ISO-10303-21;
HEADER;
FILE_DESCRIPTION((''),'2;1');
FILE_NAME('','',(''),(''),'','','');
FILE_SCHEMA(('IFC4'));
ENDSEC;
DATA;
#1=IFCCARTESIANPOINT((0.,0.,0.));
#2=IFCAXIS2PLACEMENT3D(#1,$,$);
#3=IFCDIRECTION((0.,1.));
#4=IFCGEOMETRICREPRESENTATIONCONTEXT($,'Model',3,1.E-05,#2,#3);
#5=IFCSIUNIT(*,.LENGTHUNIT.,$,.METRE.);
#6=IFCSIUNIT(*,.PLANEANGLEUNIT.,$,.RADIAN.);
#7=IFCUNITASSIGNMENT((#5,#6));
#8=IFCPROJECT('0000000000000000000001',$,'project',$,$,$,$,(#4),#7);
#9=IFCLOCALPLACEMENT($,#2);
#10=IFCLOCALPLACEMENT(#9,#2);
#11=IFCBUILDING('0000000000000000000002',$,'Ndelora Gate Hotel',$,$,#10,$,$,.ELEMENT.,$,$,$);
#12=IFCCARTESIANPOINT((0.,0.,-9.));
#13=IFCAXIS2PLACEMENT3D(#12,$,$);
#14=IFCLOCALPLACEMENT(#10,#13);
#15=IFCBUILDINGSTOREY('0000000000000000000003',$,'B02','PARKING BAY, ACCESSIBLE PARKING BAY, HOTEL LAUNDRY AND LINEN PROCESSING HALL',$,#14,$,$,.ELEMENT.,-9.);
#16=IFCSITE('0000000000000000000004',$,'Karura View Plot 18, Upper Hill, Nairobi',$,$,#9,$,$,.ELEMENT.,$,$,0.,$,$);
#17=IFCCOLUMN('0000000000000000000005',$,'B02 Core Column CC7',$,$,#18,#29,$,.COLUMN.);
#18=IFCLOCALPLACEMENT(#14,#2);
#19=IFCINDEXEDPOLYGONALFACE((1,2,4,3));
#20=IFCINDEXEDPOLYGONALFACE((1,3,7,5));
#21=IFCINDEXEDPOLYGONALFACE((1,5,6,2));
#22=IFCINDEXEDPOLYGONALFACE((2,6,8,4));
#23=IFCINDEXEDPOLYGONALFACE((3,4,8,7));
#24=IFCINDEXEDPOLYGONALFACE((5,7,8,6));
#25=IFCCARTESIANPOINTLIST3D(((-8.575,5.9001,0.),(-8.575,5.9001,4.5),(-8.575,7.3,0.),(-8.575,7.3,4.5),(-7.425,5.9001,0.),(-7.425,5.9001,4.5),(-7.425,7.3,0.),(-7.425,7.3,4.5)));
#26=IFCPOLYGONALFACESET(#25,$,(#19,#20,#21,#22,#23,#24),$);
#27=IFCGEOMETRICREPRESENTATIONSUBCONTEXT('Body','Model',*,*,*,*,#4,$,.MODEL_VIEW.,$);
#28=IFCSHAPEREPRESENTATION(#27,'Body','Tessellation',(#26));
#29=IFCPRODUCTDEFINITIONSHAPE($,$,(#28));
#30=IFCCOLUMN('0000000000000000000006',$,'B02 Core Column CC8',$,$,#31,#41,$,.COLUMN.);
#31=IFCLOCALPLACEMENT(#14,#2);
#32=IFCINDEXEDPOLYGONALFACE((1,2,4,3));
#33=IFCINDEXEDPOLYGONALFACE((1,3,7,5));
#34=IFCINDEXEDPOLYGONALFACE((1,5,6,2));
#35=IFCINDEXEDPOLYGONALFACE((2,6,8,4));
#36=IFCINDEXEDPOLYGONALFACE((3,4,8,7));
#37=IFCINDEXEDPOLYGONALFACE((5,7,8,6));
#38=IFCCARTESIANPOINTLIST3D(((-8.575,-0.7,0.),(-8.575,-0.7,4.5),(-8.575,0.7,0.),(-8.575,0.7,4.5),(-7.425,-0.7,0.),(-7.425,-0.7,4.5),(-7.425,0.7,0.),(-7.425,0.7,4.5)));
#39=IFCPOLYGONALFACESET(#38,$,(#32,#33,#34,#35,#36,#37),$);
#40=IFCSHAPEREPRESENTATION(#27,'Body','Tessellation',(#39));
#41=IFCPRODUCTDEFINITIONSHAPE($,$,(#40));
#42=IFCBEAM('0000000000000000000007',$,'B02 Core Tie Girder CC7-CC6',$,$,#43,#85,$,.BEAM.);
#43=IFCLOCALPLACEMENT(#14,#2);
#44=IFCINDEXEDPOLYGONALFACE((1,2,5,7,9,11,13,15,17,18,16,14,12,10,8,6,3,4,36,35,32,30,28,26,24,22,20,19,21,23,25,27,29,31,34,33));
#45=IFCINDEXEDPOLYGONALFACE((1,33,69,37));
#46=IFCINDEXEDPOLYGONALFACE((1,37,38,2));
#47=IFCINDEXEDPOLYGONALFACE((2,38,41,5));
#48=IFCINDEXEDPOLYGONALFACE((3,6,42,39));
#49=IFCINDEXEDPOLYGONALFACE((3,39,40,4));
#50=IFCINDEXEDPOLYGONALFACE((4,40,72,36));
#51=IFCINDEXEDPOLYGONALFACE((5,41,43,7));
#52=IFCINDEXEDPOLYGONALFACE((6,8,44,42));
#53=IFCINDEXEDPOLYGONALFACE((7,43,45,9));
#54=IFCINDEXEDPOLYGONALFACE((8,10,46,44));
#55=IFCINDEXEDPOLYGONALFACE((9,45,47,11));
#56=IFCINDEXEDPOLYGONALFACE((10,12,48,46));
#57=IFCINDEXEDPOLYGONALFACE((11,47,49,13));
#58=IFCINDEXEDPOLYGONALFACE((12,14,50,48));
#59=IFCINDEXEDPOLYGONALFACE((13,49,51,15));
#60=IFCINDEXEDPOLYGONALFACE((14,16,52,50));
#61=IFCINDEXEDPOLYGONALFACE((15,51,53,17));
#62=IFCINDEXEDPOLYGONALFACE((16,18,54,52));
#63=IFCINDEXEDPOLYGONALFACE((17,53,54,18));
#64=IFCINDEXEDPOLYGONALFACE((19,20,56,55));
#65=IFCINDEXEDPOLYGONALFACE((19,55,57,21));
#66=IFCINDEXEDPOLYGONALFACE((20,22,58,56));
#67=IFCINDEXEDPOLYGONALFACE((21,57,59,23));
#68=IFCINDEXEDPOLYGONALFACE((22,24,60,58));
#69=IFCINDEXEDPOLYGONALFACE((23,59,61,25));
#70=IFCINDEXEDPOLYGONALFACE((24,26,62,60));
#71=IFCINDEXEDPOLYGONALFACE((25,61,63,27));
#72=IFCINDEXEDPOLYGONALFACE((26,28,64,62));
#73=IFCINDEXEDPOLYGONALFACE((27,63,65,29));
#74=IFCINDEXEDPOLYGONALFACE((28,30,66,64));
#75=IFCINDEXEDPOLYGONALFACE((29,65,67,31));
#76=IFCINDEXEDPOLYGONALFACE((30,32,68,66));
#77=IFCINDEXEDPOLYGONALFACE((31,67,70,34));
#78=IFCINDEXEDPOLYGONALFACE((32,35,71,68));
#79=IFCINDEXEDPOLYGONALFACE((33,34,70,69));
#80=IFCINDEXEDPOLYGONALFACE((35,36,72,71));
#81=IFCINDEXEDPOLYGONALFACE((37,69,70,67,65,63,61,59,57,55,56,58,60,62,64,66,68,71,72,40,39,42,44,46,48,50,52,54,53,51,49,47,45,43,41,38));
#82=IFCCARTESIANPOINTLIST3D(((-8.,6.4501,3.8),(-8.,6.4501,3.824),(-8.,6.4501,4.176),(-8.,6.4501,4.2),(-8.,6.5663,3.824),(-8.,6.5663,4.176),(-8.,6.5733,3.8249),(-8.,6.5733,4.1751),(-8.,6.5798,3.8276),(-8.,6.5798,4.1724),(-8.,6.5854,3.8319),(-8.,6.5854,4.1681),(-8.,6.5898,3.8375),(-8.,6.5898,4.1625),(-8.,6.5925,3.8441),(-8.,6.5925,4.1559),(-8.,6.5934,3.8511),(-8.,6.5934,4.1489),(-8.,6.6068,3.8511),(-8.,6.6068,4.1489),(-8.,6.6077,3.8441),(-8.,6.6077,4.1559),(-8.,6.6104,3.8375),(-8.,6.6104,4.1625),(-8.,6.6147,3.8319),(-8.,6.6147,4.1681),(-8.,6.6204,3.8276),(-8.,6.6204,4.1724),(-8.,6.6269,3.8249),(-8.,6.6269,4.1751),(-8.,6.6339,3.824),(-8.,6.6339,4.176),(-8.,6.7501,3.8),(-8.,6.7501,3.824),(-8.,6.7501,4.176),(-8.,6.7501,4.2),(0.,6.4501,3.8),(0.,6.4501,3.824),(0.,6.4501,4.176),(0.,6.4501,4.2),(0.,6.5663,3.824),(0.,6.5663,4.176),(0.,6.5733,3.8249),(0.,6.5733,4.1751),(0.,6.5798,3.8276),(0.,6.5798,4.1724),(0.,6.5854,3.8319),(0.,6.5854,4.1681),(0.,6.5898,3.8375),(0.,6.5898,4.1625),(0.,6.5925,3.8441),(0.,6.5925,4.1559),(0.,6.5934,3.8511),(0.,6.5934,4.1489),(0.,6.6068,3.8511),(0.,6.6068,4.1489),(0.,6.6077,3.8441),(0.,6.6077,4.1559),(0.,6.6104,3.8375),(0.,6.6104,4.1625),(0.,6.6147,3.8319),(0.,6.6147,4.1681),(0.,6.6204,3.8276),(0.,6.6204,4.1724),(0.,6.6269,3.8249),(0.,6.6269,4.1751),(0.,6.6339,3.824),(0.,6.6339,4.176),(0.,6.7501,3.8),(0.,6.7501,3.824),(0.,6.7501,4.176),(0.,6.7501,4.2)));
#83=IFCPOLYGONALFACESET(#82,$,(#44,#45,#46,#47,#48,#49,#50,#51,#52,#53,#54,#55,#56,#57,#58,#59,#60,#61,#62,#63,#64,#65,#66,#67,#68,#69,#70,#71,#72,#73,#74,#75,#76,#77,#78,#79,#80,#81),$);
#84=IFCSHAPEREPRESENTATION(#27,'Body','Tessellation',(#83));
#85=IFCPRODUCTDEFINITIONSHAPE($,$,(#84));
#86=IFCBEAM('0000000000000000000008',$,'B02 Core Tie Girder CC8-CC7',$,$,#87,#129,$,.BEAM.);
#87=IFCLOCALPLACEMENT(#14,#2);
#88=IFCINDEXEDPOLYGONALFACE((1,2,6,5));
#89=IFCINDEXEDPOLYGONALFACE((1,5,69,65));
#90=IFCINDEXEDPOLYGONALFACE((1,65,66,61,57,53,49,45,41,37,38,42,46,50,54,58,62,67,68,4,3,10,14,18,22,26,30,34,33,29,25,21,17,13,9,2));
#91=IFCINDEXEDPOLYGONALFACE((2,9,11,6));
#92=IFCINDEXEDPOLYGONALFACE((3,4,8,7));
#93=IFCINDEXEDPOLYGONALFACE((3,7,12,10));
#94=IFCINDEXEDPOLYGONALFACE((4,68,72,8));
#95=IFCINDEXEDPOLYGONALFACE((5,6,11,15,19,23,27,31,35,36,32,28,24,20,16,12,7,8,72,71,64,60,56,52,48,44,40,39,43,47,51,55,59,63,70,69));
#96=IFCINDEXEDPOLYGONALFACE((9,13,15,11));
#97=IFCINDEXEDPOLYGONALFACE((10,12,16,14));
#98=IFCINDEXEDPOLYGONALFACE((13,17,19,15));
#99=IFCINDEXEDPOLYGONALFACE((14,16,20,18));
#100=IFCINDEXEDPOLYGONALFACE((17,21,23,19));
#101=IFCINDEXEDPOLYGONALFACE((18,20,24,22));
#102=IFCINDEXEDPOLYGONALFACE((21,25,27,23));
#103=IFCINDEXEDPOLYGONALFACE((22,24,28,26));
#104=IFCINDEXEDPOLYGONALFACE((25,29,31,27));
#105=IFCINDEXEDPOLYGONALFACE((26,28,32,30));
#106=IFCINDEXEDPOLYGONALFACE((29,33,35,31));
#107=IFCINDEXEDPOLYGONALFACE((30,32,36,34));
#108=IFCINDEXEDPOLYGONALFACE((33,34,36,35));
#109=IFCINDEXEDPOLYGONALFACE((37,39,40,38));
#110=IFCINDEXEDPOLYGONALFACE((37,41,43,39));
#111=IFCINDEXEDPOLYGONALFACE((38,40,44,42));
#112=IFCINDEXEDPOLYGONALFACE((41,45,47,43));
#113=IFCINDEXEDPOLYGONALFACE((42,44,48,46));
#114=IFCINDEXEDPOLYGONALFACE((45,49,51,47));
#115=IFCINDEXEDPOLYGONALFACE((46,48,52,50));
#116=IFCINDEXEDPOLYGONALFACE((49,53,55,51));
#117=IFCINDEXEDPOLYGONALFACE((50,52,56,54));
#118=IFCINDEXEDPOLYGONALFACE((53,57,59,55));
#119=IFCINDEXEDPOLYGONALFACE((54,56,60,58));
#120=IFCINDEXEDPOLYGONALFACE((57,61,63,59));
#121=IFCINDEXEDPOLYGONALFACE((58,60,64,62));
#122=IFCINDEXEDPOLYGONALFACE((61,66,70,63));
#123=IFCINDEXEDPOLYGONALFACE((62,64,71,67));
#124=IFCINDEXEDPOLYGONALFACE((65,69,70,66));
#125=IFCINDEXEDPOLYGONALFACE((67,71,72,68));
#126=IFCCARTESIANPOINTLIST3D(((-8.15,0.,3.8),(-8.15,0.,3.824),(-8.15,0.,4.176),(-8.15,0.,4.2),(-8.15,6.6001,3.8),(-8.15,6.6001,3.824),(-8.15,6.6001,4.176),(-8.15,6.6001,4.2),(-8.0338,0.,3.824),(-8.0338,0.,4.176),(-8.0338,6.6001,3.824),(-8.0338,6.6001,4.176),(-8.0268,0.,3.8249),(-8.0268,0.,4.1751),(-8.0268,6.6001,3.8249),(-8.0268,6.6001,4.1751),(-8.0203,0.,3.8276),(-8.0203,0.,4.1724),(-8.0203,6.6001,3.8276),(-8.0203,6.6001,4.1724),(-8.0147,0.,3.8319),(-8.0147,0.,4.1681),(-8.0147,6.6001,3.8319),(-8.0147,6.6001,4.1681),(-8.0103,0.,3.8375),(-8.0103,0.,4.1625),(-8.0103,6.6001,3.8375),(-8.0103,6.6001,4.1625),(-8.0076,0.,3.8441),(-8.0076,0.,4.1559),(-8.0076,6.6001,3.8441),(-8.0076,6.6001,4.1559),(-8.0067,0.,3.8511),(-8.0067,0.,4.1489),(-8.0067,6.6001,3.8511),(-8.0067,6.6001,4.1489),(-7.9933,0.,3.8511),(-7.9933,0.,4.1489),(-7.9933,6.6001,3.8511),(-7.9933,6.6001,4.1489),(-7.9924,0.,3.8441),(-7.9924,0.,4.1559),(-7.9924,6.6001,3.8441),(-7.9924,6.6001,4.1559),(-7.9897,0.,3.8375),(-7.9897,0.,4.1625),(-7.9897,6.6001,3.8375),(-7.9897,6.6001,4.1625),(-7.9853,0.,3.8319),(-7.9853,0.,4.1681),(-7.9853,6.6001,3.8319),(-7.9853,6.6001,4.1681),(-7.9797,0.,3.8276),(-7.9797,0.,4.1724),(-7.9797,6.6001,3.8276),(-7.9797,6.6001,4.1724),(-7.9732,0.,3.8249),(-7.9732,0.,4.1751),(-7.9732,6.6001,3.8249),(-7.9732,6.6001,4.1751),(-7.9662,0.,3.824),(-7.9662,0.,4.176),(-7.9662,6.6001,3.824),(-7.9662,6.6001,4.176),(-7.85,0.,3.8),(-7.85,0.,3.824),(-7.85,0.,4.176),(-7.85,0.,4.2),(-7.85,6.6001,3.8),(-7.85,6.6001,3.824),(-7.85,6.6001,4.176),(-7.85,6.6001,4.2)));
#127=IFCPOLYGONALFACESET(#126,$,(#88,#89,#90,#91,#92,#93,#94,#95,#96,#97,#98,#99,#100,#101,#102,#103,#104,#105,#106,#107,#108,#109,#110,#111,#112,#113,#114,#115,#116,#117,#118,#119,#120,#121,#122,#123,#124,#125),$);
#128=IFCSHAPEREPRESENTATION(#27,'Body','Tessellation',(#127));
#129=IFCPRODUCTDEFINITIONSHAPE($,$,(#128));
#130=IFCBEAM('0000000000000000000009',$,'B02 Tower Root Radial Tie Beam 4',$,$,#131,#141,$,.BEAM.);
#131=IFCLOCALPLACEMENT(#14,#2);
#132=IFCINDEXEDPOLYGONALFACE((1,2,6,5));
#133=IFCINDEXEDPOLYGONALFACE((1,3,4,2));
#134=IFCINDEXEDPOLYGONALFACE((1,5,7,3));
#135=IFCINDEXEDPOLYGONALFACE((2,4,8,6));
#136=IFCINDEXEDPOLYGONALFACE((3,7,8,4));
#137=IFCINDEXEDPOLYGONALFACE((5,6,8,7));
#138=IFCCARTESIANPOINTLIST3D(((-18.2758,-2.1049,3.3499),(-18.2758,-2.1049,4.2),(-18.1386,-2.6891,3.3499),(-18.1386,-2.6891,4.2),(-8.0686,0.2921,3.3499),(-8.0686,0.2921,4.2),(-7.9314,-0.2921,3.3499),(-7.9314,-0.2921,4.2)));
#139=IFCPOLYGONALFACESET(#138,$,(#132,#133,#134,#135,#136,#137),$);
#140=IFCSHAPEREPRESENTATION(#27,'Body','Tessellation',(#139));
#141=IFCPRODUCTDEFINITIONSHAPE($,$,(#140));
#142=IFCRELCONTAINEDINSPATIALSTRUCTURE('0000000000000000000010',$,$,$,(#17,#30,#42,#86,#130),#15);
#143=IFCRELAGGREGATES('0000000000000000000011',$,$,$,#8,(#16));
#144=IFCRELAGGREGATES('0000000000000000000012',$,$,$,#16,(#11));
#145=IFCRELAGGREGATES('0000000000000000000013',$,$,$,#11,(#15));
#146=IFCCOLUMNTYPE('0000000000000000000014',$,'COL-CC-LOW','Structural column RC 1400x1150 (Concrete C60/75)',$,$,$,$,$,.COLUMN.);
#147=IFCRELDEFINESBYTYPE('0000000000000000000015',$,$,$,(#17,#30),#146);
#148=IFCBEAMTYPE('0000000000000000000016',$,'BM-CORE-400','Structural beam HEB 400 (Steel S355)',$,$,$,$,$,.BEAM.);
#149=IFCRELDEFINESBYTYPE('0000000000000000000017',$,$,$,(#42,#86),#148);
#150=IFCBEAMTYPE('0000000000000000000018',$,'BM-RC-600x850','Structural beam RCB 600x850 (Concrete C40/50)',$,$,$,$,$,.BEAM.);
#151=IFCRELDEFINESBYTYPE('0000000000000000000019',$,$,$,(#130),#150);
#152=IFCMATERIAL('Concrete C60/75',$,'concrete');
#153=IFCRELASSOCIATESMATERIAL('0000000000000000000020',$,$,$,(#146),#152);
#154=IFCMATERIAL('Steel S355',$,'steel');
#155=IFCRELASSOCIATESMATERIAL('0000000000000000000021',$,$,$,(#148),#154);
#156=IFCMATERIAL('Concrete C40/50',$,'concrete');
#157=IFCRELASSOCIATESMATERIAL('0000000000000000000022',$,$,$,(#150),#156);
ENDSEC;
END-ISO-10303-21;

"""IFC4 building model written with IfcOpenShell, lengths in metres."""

from ifc_helpers import new_model, si_unit, direction, frame, origin, origin_2d, place, context, subcontext, project, spatial, rectangle, i_section, extrude, material, material_profile, profile_set, type_object, element, save


model = new_model("IFC4")

# Units and contexts
model_context = context("Model", 3, precision=1e-05, world=origin(), true_north=direction((0.0, 1.0)))
body_context = subcontext(model_context, "Body", "Model", "MODEL_VIEW")
ifc_project = project(units=[si_unit("LENGTHUNIT", "METRE"), si_unit("PLANEANGLEUNIT", "RADIAN")], contexts=[model_context])

# Site, building, storey
site_placement = place(None, origin())
site = spatial("IfcSite", under=ifc_project, at=site_placement, Name="Karura View Plot 18, Upper Hill, Nairobi", CompositionType="ELEMENT", RefElevation=0.0)
building_placement = place(site_placement, origin())
building = spatial("IfcBuilding", under=site, at=building_placement, Name="Ndelora Gate Hotel", CompositionType="ELEMENT")
storey_placement = place(building_placement, frame((0.0, 0.0, -9.0)))
storey = spatial("IfcBuildingStorey", under=building, at=storey_placement, Name="B02", Description="PARKING BAY, ACCESSIBLE PARKING BAY, HOTEL LAUNDRY AND LINEN PROCESSING HALL", CompositionType="ELEMENT", Elevation=-9.0)

# Columns
ifc_material_1 = material(Name="Concrete C60/75", Category="concrete")
ifc_material_profile_1 = material_profile(ifc_material_1, rectangle(XDim=1.1499, YDim=1.3999, at=origin_2d()), Name="RC 1400x1150")
ifc_profile_set_1 = profile_set([ifc_material_profile_1], Name="Concrete C60/75")
column_type = type_object("IfcColumnType", Name="COL-CC-LOW", Description="Structural column RC 1400x1150 (Concrete C60/75)", PredefinedType="COLUMN", material=ifc_profile_set_1)
for number, where, z_axis, x_axis, name in (
    (1, (-8.0, 6.6001, 0.0), (0.0, 0.0, 1.0), (1.0, 0.0, 0.0), "B02 Core Column CC7"),
    (2, (-8.0, 0.0, 0.0), (0.0, 0.0, 1.0), (1.0, 0.0, 0.0), "B02 Core Column CC8"),
):
    element("IfcColumn", number, at=place(storey_placement, frame(where, z_axis=z_axis, x_axis=x_axis)), inside=storey, type_object=column_type, Name=name, PredefinedType="COLUMN", context=body_context, shape_type="SweptSolid", body=[
        extrude(rectangle(XDim=1.1499, YDim=1.3999, at=origin_2d()), origin(), (0.0, 0.0, 1.0), 4.5),
    ])

# Beams
ifc_material_2 = material(Name="Steel S355", Category="steel")
ifc_material_profile_2 = material_profile(ifc_material_2, i_section(OverallWidth=0.3, OverallDepth=0.3999, WebThickness=0.0134, FlangeThickness=0.0239, FilletRadius=0.0271, at=origin_2d()), Name="HEB 400")
ifc_profile_set_2 = profile_set([ifc_material_profile_2], Name="Steel S355")
beam_type_1 = type_object("IfcBeamType", Name="BM-CORE-400", Description="Structural beam HEB 400 (Steel S355)", PredefinedType="BEAM", material=ifc_profile_set_2)
beam_1_placement = place(storey_placement, frame((-8.0, 6.6001, 4.0), z_axis=(1.0, 0.0, 0.0), x_axis=(0.0, 1.0, 0.0)))
element("IfcBeam", 3, at=beam_1_placement, inside=storey, type_object=beam_type_1, Name="B02 Core Tie Girder CC7-CC6", PredefinedType="BEAM", context=body_context, shape_type="SweptSolid", body=[
    extrude(i_section(OverallWidth=0.3, OverallDepth=0.3999, WebThickness=0.0134, FlangeThickness=0.0239, FilletRadius=0.0271, at=origin_2d()), origin(), (0.0, 0.0, 1.0), 8.0),
])
beam_2_placement = place(storey_placement, frame((-8.0, 0.0, 4.0), z_axis=(0.0, 1.0, 0.0), x_axis=(-1.0, 0.0, 0.0)))
element("IfcBeam", 4, at=beam_2_placement, inside=storey, type_object=beam_type_1, Name="B02 Core Tie Girder CC8-CC7", PredefinedType="BEAM", context=body_context, shape_type="SweptSolid", body=[
    extrude(i_section(OverallWidth=0.3, OverallDepth=0.3999, WebThickness=0.0134, FlangeThickness=0.0239, FilletRadius=0.0271, at=origin_2d()), origin(), (0.0, 0.0, 1.0), 6.6001),
])
ifc_material_3 = material(Name="Concrete C40/50", Category="concrete")
ifc_material_profile_3 = material_profile(ifc_material_3, rectangle(XDim=0.6001, YDim=0.8501, at=origin_2d()), Name="RCB 600x850")
ifc_profile_set_3 = profile_set([ifc_material_profile_3], Name="Concrete C40/50")
beam_type_2 = type_object("IfcBeamType", Name="BM-RC-600x850", Description="Structural beam RCB 600x850 (Concrete C40/50)", PredefinedType="BEAM", material=ifc_profile_set_3)
beam_3_placement = place(storey_placement, frame((-8.0, 0.0, 3.7749), z_axis=(-0.973518, -0.228611, 0.0), x_axis=(0.228611, -0.973518, 0.0)))
element("IfcBeam", 5, at=beam_3_placement, inside=storey, type_object=beam_type_2, Name="B02 Tower Root Radial Tie Beam 4", PredefinedType="BEAM", context=body_context, shape_type="SweptSolid", body=[
    extrude(rectangle(XDim=0.6001, YDim=0.8501, at=origin_2d()), origin(), (0.0, 0.0, 1.0), 10.4849),
])

save(model, "model.ifc")
